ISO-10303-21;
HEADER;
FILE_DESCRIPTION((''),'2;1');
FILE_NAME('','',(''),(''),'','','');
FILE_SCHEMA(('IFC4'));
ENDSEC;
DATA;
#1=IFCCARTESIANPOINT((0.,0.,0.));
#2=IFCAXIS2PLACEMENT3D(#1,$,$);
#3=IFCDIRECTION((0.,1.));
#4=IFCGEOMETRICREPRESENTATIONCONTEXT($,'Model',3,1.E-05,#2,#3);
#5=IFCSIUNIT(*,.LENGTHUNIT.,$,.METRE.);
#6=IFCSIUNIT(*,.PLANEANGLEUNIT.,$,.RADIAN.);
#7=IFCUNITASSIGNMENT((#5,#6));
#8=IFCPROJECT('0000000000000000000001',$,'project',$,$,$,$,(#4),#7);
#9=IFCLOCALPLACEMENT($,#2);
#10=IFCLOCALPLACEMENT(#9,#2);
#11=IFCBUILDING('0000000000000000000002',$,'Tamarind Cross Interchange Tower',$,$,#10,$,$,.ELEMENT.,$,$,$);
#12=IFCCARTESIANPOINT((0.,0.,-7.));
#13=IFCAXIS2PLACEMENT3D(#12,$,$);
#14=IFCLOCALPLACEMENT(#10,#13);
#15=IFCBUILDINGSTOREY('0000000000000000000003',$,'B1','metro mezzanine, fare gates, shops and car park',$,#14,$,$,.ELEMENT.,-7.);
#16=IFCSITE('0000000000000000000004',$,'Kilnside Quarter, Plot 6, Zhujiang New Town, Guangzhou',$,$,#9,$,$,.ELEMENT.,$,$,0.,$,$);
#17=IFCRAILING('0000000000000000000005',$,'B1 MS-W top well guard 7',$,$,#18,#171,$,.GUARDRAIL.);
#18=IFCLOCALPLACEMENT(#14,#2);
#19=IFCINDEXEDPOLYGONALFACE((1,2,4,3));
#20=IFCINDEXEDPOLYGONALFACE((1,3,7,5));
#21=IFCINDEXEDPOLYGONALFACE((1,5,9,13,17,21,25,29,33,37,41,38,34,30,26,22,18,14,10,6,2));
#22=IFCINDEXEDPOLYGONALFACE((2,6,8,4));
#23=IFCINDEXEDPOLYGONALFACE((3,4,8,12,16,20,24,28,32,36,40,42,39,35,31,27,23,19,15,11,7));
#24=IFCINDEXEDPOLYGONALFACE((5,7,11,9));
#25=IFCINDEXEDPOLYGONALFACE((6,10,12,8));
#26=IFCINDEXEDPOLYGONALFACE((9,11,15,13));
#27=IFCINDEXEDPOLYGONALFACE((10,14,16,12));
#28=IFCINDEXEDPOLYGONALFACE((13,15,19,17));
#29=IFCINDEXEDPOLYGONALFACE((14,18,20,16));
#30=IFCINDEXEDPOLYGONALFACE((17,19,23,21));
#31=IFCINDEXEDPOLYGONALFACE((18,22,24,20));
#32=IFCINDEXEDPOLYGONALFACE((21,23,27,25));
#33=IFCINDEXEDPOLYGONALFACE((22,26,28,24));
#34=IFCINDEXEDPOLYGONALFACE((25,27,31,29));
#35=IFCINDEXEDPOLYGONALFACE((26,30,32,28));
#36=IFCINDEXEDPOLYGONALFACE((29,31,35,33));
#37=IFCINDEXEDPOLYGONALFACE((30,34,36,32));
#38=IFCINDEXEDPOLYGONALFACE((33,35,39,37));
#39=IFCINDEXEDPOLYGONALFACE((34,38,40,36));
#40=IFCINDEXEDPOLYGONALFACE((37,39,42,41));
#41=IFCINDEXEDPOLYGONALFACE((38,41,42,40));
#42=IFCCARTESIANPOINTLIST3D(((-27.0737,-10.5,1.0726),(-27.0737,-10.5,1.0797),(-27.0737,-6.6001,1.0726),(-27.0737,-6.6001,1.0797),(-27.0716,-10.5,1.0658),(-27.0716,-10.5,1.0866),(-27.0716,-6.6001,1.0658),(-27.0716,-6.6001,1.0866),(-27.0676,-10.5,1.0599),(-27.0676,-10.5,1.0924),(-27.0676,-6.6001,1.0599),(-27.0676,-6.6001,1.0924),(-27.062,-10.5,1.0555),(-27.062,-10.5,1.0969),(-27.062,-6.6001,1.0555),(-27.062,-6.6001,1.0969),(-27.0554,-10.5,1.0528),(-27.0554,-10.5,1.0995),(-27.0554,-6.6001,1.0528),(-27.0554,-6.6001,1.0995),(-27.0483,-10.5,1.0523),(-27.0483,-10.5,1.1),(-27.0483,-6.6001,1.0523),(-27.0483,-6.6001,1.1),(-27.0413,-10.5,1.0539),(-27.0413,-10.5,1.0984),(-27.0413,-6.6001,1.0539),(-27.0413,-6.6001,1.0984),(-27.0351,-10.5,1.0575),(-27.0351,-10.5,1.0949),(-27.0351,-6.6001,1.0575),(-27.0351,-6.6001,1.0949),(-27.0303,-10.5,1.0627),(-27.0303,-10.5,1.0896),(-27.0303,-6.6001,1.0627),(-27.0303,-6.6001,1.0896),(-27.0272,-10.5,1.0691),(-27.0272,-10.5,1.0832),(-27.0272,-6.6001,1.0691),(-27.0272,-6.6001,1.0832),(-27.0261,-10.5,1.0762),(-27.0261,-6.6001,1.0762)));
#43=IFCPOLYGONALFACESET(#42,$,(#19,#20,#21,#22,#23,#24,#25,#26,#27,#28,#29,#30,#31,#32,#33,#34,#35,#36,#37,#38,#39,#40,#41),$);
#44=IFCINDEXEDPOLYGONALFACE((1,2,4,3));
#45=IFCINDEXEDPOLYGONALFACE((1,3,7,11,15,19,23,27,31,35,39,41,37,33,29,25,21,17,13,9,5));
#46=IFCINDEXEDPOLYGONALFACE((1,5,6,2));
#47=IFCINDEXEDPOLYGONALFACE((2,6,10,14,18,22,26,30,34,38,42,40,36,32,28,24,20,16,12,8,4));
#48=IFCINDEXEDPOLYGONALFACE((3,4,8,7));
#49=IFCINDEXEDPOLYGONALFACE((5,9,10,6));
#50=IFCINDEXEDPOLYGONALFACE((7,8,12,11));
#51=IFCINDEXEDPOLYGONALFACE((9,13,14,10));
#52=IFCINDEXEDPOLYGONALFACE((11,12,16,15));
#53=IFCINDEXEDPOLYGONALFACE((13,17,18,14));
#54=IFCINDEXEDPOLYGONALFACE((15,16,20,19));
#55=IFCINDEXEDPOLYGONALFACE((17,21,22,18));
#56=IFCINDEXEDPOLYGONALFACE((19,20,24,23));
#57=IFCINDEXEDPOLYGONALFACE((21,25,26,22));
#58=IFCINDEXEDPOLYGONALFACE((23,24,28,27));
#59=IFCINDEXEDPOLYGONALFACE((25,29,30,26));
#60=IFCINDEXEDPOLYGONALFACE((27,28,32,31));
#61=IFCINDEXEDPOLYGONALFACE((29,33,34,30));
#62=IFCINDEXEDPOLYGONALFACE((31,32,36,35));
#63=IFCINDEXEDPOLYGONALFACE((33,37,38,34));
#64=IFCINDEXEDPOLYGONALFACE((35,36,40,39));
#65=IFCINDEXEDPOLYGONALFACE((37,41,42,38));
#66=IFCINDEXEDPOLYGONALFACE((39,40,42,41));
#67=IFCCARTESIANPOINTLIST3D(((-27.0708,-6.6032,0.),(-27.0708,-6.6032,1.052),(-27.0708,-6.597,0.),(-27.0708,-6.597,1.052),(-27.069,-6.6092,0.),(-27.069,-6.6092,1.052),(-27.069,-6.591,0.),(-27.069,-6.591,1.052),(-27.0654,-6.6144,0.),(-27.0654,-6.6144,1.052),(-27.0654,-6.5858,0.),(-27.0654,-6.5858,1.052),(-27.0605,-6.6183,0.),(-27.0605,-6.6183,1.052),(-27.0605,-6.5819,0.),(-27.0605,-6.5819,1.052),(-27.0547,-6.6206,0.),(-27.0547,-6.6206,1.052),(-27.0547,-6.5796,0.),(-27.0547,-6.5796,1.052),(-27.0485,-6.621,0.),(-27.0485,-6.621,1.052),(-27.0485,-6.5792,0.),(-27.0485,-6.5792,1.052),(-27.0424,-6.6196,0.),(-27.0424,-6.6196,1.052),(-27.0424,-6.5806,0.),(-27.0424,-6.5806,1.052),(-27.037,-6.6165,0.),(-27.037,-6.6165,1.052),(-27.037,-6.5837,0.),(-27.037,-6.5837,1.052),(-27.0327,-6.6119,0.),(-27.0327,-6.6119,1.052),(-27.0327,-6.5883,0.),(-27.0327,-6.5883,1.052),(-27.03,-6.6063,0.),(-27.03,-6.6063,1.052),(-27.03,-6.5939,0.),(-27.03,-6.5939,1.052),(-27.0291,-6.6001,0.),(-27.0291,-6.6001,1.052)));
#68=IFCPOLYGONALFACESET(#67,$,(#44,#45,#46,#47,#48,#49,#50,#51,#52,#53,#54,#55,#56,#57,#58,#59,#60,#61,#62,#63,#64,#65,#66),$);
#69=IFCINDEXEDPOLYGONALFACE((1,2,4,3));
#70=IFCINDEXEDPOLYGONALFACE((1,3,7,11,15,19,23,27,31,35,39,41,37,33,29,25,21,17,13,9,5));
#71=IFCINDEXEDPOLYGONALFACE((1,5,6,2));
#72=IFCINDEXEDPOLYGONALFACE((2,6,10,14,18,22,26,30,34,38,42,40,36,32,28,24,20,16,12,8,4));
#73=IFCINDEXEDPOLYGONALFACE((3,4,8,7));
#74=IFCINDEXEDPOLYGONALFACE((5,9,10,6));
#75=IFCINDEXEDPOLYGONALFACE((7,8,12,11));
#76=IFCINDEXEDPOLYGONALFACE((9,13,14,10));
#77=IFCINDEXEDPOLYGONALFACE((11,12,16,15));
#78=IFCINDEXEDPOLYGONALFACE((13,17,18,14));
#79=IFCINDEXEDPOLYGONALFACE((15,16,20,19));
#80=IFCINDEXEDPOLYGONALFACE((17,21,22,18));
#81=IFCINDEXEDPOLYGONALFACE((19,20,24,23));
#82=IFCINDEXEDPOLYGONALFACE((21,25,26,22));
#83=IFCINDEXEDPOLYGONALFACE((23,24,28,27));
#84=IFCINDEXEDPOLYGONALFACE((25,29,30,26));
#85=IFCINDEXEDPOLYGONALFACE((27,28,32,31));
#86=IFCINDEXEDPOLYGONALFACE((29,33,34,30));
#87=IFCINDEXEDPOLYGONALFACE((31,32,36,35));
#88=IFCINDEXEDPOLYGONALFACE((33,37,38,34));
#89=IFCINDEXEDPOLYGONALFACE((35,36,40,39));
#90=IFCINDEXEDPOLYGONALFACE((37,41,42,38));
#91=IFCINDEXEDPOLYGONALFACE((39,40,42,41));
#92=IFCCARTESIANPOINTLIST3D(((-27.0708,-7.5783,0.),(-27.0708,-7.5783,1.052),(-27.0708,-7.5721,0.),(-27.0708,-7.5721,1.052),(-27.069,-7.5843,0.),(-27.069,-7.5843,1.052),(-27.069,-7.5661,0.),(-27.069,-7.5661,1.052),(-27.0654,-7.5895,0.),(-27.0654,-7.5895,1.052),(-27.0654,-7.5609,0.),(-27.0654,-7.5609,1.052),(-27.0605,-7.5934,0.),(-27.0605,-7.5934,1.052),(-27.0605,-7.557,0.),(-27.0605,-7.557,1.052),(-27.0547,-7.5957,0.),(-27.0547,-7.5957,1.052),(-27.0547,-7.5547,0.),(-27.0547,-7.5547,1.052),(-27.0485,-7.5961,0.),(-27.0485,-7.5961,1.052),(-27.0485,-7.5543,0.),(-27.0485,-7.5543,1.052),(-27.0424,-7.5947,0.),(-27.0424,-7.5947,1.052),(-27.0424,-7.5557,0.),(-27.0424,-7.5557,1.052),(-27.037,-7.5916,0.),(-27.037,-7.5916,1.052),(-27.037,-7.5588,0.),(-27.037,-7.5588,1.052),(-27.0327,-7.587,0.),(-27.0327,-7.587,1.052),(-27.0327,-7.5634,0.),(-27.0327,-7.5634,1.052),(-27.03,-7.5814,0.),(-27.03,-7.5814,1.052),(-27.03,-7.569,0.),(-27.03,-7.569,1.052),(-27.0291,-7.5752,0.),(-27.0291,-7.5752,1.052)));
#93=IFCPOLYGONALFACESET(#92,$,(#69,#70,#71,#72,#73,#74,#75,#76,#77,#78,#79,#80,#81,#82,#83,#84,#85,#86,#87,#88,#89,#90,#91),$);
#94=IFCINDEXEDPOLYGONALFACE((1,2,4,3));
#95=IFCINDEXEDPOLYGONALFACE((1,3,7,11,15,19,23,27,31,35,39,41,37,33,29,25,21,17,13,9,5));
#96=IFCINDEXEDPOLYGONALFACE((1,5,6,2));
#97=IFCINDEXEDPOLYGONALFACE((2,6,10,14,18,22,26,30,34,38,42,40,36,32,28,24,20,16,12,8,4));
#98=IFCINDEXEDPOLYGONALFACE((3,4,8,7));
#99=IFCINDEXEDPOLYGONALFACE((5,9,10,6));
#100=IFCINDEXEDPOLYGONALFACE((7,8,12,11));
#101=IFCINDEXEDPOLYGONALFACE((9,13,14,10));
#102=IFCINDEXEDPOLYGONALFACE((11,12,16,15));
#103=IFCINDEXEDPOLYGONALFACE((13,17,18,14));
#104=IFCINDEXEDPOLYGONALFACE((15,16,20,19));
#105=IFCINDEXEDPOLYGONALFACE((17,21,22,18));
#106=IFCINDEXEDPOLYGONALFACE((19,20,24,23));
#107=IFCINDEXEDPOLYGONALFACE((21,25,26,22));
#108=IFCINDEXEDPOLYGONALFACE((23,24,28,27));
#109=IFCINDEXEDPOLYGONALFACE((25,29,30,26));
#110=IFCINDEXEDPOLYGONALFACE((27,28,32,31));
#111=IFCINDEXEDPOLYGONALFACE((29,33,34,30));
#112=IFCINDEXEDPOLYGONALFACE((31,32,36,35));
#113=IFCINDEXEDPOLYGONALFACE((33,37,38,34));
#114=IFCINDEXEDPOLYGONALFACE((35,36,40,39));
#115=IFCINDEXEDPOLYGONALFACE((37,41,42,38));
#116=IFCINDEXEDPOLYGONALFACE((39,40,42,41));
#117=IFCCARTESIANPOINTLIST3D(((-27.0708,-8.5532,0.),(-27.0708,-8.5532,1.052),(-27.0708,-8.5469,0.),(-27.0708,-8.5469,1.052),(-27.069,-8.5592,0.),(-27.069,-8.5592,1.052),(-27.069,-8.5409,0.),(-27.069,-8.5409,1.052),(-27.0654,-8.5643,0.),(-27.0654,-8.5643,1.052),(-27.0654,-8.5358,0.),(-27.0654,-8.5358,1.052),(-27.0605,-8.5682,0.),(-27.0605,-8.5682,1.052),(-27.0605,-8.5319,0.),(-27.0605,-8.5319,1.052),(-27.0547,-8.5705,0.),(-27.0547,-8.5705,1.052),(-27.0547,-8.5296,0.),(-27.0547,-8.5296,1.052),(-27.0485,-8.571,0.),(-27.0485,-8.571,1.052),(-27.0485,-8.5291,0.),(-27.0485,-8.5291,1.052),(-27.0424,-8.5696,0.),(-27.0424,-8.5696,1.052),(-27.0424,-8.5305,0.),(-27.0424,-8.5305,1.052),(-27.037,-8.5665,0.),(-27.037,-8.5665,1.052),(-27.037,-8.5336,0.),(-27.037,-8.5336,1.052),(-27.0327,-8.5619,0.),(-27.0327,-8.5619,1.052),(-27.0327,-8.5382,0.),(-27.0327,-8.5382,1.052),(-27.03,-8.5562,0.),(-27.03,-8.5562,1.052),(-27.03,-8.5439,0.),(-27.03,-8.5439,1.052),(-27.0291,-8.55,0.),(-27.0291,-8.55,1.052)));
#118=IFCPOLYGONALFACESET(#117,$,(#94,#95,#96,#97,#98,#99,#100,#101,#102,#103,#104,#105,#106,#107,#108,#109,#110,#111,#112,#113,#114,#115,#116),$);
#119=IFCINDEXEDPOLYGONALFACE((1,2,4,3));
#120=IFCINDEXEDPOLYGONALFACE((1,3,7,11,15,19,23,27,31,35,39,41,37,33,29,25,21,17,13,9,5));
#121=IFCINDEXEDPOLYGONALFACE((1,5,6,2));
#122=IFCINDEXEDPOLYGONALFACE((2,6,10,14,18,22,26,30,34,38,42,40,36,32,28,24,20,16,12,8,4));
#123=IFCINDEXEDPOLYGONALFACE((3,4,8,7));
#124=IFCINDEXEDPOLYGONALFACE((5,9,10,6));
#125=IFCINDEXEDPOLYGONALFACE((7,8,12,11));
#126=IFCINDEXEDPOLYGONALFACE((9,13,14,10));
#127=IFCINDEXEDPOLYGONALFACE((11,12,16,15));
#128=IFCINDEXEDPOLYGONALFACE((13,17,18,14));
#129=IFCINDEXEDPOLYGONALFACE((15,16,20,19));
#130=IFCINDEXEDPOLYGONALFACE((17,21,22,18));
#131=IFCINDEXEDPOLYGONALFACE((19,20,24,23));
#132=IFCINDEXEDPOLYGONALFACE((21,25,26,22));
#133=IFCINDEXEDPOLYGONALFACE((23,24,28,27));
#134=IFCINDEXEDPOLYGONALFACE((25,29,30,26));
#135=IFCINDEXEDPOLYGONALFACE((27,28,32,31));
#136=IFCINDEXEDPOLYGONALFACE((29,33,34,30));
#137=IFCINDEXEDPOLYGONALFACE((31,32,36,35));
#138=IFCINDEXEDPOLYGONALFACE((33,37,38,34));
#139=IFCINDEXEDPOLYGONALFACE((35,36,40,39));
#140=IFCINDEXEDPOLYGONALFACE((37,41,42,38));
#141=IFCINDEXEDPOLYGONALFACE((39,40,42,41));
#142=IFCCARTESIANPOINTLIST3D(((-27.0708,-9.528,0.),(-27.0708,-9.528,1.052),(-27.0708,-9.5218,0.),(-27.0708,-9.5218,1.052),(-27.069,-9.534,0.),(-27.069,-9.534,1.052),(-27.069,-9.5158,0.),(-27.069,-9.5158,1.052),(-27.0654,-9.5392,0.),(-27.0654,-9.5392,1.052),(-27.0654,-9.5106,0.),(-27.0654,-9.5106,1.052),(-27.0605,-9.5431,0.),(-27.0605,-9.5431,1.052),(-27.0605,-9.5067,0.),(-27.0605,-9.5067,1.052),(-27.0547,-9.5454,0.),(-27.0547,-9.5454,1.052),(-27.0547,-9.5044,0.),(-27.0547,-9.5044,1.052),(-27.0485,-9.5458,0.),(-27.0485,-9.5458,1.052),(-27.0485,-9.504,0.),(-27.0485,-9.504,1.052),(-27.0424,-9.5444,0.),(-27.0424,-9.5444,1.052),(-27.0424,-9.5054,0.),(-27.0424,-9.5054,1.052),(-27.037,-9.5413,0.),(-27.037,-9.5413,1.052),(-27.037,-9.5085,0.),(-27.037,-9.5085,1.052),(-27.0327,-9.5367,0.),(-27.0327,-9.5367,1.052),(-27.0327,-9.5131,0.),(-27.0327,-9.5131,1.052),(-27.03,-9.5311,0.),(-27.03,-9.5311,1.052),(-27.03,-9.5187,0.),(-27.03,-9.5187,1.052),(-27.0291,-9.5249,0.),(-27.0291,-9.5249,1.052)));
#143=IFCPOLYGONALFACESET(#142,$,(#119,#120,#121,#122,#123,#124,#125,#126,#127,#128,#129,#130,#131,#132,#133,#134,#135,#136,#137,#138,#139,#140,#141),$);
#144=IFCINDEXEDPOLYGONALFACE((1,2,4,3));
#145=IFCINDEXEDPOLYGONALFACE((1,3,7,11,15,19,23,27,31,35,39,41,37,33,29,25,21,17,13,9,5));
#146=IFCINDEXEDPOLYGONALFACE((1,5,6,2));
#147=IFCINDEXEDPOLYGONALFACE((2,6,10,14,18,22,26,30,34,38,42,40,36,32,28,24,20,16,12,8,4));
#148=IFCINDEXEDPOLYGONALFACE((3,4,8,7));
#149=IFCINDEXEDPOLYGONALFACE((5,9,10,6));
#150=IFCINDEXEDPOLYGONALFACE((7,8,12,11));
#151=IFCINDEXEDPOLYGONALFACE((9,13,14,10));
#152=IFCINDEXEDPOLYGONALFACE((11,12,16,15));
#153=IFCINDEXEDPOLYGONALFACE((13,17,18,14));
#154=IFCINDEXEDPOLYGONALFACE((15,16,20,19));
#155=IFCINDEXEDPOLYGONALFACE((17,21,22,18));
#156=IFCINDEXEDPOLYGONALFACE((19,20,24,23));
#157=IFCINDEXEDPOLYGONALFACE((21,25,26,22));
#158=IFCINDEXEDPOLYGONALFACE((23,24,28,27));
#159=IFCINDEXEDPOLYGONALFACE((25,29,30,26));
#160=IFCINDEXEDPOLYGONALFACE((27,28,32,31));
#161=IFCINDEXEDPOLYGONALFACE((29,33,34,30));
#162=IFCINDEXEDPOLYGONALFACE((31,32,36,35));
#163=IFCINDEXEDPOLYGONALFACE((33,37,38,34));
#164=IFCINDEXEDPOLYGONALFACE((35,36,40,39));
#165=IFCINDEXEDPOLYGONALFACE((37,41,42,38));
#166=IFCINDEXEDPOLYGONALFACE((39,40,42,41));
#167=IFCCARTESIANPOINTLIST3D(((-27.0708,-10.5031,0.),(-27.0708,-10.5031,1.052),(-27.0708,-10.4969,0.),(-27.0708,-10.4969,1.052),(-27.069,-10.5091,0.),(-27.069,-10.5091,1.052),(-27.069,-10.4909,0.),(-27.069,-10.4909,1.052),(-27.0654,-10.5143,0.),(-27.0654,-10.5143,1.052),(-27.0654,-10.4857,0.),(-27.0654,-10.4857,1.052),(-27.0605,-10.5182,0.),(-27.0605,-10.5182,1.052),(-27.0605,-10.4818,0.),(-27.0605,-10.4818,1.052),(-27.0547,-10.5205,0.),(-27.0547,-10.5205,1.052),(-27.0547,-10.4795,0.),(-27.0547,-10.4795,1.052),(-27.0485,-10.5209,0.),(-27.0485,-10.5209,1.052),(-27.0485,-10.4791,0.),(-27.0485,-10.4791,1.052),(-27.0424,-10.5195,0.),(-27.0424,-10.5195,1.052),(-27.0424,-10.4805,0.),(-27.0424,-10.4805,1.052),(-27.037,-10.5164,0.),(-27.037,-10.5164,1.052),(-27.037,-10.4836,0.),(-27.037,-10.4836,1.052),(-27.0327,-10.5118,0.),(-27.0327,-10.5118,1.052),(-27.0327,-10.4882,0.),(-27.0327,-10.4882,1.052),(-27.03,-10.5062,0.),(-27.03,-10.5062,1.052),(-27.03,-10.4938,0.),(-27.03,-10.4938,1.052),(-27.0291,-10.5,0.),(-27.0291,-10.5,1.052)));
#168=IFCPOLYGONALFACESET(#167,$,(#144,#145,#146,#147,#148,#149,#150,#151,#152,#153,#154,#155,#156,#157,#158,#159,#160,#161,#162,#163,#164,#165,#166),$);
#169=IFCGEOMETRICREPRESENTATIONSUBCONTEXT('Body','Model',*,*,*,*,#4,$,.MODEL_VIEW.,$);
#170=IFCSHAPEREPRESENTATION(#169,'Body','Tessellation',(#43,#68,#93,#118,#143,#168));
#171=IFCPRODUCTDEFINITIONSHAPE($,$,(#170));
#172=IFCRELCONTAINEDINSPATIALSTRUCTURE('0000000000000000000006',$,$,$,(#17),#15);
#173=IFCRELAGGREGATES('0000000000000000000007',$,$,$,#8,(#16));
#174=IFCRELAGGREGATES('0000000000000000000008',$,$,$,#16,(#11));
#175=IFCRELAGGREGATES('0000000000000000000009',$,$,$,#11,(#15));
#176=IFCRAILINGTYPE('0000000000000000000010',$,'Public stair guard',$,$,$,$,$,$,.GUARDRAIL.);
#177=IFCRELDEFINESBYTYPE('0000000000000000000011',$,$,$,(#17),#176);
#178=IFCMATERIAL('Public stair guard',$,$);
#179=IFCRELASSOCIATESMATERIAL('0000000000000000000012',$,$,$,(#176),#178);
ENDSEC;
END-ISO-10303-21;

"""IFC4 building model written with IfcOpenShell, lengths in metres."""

from ifc_helpers import new_model, si_unit, direction, frame, origin, origin_2d, place, context, subcontext, project, spatial, circle, extrude, material, type_object, element, save


model = new_model("IFC4")

# Units and contexts
model_context = context("Model", 3, precision=1e-05, world=origin(), true_north=direction((0.0, 1.0)))
body_context = subcontext(model_context, "Body", "Model", "MODEL_VIEW")
ifc_project = project(units=[si_unit("LENGTHUNIT", "METRE"), si_unit("PLANEANGLEUNIT", "RADIAN")], contexts=[model_context])

# Site, building, storey
site_placement = place(None, origin())
site = spatial("IfcSite", under=ifc_project, at=site_placement, Name="Kilnside Quarter, Plot 6, Zhujiang New Town, Guangzhou", CompositionType="ELEMENT", RefElevation=0.0)
building_placement = place(site_placement, origin())
building = spatial("IfcBuilding", under=site, at=building_placement, Name="Tamarind Cross Interchange Tower", CompositionType="ELEMENT")
storey_placement = place(building_placement, frame((0.0, 0.0, -7.0)))
storey = spatial("IfcBuildingStorey", under=building, at=storey_placement, Name="B1", Description="metro mezzanine, fare gates, shops and car park", CompositionType="ELEMENT", Elevation=-7.0)

# Railing
ifc_material_1 = material(Name="Public stair guard")
railing_type = type_object("IfcRailingType", Name="Public stair guard", PredefinedType="GUARDRAIL", material=ifc_material_1)
railing_1_placement = place(storey_placement, frame((-27.05, -6.6001, 0.0)))
element("IfcRailing", 1, at=railing_1_placement, inside=storey, type_object=railing_type, Name="B1 MS-W top well guard 7", PredefinedType="GUARDRAIL", context=body_context, shape_type="SweptSolid", body=[
    extrude(circle(Radius=0.0239, at=origin_2d()), frame((0.0, 0.0, 1.0762), z_axis=(0.0, -1.0, 0.0), x_axis=(1.0, 0.0, 0.0)), (0.0, 0.0, 1.0), 3.8999),
    extrude(circle(Radius=0.021, at=origin_2d()), origin(), (0.0, 0.0, 1.0), 1.052),
    extrude(circle(Radius=0.021, at=origin_2d()), frame((0.0, -0.9751, 0.0)), (0.0, 0.0, 1.0), 1.052),
    extrude(circle(Radius=0.021, at=origin_2d()), frame((0.0, -1.95, 0.0)), (0.0, 0.0, 1.0), 1.052),
    extrude(circle(Radius=0.021, at=origin_2d()), frame((0.0, -2.9248, 0.0)), (0.0, 0.0, 1.0), 1.052),
    extrude(circle(Radius=0.021, at=origin_2d()), frame((0.0, -3.8999, 0.0)), (0.0, 0.0, 1.0), 1.052),
])

save(model, "model.ifc")
